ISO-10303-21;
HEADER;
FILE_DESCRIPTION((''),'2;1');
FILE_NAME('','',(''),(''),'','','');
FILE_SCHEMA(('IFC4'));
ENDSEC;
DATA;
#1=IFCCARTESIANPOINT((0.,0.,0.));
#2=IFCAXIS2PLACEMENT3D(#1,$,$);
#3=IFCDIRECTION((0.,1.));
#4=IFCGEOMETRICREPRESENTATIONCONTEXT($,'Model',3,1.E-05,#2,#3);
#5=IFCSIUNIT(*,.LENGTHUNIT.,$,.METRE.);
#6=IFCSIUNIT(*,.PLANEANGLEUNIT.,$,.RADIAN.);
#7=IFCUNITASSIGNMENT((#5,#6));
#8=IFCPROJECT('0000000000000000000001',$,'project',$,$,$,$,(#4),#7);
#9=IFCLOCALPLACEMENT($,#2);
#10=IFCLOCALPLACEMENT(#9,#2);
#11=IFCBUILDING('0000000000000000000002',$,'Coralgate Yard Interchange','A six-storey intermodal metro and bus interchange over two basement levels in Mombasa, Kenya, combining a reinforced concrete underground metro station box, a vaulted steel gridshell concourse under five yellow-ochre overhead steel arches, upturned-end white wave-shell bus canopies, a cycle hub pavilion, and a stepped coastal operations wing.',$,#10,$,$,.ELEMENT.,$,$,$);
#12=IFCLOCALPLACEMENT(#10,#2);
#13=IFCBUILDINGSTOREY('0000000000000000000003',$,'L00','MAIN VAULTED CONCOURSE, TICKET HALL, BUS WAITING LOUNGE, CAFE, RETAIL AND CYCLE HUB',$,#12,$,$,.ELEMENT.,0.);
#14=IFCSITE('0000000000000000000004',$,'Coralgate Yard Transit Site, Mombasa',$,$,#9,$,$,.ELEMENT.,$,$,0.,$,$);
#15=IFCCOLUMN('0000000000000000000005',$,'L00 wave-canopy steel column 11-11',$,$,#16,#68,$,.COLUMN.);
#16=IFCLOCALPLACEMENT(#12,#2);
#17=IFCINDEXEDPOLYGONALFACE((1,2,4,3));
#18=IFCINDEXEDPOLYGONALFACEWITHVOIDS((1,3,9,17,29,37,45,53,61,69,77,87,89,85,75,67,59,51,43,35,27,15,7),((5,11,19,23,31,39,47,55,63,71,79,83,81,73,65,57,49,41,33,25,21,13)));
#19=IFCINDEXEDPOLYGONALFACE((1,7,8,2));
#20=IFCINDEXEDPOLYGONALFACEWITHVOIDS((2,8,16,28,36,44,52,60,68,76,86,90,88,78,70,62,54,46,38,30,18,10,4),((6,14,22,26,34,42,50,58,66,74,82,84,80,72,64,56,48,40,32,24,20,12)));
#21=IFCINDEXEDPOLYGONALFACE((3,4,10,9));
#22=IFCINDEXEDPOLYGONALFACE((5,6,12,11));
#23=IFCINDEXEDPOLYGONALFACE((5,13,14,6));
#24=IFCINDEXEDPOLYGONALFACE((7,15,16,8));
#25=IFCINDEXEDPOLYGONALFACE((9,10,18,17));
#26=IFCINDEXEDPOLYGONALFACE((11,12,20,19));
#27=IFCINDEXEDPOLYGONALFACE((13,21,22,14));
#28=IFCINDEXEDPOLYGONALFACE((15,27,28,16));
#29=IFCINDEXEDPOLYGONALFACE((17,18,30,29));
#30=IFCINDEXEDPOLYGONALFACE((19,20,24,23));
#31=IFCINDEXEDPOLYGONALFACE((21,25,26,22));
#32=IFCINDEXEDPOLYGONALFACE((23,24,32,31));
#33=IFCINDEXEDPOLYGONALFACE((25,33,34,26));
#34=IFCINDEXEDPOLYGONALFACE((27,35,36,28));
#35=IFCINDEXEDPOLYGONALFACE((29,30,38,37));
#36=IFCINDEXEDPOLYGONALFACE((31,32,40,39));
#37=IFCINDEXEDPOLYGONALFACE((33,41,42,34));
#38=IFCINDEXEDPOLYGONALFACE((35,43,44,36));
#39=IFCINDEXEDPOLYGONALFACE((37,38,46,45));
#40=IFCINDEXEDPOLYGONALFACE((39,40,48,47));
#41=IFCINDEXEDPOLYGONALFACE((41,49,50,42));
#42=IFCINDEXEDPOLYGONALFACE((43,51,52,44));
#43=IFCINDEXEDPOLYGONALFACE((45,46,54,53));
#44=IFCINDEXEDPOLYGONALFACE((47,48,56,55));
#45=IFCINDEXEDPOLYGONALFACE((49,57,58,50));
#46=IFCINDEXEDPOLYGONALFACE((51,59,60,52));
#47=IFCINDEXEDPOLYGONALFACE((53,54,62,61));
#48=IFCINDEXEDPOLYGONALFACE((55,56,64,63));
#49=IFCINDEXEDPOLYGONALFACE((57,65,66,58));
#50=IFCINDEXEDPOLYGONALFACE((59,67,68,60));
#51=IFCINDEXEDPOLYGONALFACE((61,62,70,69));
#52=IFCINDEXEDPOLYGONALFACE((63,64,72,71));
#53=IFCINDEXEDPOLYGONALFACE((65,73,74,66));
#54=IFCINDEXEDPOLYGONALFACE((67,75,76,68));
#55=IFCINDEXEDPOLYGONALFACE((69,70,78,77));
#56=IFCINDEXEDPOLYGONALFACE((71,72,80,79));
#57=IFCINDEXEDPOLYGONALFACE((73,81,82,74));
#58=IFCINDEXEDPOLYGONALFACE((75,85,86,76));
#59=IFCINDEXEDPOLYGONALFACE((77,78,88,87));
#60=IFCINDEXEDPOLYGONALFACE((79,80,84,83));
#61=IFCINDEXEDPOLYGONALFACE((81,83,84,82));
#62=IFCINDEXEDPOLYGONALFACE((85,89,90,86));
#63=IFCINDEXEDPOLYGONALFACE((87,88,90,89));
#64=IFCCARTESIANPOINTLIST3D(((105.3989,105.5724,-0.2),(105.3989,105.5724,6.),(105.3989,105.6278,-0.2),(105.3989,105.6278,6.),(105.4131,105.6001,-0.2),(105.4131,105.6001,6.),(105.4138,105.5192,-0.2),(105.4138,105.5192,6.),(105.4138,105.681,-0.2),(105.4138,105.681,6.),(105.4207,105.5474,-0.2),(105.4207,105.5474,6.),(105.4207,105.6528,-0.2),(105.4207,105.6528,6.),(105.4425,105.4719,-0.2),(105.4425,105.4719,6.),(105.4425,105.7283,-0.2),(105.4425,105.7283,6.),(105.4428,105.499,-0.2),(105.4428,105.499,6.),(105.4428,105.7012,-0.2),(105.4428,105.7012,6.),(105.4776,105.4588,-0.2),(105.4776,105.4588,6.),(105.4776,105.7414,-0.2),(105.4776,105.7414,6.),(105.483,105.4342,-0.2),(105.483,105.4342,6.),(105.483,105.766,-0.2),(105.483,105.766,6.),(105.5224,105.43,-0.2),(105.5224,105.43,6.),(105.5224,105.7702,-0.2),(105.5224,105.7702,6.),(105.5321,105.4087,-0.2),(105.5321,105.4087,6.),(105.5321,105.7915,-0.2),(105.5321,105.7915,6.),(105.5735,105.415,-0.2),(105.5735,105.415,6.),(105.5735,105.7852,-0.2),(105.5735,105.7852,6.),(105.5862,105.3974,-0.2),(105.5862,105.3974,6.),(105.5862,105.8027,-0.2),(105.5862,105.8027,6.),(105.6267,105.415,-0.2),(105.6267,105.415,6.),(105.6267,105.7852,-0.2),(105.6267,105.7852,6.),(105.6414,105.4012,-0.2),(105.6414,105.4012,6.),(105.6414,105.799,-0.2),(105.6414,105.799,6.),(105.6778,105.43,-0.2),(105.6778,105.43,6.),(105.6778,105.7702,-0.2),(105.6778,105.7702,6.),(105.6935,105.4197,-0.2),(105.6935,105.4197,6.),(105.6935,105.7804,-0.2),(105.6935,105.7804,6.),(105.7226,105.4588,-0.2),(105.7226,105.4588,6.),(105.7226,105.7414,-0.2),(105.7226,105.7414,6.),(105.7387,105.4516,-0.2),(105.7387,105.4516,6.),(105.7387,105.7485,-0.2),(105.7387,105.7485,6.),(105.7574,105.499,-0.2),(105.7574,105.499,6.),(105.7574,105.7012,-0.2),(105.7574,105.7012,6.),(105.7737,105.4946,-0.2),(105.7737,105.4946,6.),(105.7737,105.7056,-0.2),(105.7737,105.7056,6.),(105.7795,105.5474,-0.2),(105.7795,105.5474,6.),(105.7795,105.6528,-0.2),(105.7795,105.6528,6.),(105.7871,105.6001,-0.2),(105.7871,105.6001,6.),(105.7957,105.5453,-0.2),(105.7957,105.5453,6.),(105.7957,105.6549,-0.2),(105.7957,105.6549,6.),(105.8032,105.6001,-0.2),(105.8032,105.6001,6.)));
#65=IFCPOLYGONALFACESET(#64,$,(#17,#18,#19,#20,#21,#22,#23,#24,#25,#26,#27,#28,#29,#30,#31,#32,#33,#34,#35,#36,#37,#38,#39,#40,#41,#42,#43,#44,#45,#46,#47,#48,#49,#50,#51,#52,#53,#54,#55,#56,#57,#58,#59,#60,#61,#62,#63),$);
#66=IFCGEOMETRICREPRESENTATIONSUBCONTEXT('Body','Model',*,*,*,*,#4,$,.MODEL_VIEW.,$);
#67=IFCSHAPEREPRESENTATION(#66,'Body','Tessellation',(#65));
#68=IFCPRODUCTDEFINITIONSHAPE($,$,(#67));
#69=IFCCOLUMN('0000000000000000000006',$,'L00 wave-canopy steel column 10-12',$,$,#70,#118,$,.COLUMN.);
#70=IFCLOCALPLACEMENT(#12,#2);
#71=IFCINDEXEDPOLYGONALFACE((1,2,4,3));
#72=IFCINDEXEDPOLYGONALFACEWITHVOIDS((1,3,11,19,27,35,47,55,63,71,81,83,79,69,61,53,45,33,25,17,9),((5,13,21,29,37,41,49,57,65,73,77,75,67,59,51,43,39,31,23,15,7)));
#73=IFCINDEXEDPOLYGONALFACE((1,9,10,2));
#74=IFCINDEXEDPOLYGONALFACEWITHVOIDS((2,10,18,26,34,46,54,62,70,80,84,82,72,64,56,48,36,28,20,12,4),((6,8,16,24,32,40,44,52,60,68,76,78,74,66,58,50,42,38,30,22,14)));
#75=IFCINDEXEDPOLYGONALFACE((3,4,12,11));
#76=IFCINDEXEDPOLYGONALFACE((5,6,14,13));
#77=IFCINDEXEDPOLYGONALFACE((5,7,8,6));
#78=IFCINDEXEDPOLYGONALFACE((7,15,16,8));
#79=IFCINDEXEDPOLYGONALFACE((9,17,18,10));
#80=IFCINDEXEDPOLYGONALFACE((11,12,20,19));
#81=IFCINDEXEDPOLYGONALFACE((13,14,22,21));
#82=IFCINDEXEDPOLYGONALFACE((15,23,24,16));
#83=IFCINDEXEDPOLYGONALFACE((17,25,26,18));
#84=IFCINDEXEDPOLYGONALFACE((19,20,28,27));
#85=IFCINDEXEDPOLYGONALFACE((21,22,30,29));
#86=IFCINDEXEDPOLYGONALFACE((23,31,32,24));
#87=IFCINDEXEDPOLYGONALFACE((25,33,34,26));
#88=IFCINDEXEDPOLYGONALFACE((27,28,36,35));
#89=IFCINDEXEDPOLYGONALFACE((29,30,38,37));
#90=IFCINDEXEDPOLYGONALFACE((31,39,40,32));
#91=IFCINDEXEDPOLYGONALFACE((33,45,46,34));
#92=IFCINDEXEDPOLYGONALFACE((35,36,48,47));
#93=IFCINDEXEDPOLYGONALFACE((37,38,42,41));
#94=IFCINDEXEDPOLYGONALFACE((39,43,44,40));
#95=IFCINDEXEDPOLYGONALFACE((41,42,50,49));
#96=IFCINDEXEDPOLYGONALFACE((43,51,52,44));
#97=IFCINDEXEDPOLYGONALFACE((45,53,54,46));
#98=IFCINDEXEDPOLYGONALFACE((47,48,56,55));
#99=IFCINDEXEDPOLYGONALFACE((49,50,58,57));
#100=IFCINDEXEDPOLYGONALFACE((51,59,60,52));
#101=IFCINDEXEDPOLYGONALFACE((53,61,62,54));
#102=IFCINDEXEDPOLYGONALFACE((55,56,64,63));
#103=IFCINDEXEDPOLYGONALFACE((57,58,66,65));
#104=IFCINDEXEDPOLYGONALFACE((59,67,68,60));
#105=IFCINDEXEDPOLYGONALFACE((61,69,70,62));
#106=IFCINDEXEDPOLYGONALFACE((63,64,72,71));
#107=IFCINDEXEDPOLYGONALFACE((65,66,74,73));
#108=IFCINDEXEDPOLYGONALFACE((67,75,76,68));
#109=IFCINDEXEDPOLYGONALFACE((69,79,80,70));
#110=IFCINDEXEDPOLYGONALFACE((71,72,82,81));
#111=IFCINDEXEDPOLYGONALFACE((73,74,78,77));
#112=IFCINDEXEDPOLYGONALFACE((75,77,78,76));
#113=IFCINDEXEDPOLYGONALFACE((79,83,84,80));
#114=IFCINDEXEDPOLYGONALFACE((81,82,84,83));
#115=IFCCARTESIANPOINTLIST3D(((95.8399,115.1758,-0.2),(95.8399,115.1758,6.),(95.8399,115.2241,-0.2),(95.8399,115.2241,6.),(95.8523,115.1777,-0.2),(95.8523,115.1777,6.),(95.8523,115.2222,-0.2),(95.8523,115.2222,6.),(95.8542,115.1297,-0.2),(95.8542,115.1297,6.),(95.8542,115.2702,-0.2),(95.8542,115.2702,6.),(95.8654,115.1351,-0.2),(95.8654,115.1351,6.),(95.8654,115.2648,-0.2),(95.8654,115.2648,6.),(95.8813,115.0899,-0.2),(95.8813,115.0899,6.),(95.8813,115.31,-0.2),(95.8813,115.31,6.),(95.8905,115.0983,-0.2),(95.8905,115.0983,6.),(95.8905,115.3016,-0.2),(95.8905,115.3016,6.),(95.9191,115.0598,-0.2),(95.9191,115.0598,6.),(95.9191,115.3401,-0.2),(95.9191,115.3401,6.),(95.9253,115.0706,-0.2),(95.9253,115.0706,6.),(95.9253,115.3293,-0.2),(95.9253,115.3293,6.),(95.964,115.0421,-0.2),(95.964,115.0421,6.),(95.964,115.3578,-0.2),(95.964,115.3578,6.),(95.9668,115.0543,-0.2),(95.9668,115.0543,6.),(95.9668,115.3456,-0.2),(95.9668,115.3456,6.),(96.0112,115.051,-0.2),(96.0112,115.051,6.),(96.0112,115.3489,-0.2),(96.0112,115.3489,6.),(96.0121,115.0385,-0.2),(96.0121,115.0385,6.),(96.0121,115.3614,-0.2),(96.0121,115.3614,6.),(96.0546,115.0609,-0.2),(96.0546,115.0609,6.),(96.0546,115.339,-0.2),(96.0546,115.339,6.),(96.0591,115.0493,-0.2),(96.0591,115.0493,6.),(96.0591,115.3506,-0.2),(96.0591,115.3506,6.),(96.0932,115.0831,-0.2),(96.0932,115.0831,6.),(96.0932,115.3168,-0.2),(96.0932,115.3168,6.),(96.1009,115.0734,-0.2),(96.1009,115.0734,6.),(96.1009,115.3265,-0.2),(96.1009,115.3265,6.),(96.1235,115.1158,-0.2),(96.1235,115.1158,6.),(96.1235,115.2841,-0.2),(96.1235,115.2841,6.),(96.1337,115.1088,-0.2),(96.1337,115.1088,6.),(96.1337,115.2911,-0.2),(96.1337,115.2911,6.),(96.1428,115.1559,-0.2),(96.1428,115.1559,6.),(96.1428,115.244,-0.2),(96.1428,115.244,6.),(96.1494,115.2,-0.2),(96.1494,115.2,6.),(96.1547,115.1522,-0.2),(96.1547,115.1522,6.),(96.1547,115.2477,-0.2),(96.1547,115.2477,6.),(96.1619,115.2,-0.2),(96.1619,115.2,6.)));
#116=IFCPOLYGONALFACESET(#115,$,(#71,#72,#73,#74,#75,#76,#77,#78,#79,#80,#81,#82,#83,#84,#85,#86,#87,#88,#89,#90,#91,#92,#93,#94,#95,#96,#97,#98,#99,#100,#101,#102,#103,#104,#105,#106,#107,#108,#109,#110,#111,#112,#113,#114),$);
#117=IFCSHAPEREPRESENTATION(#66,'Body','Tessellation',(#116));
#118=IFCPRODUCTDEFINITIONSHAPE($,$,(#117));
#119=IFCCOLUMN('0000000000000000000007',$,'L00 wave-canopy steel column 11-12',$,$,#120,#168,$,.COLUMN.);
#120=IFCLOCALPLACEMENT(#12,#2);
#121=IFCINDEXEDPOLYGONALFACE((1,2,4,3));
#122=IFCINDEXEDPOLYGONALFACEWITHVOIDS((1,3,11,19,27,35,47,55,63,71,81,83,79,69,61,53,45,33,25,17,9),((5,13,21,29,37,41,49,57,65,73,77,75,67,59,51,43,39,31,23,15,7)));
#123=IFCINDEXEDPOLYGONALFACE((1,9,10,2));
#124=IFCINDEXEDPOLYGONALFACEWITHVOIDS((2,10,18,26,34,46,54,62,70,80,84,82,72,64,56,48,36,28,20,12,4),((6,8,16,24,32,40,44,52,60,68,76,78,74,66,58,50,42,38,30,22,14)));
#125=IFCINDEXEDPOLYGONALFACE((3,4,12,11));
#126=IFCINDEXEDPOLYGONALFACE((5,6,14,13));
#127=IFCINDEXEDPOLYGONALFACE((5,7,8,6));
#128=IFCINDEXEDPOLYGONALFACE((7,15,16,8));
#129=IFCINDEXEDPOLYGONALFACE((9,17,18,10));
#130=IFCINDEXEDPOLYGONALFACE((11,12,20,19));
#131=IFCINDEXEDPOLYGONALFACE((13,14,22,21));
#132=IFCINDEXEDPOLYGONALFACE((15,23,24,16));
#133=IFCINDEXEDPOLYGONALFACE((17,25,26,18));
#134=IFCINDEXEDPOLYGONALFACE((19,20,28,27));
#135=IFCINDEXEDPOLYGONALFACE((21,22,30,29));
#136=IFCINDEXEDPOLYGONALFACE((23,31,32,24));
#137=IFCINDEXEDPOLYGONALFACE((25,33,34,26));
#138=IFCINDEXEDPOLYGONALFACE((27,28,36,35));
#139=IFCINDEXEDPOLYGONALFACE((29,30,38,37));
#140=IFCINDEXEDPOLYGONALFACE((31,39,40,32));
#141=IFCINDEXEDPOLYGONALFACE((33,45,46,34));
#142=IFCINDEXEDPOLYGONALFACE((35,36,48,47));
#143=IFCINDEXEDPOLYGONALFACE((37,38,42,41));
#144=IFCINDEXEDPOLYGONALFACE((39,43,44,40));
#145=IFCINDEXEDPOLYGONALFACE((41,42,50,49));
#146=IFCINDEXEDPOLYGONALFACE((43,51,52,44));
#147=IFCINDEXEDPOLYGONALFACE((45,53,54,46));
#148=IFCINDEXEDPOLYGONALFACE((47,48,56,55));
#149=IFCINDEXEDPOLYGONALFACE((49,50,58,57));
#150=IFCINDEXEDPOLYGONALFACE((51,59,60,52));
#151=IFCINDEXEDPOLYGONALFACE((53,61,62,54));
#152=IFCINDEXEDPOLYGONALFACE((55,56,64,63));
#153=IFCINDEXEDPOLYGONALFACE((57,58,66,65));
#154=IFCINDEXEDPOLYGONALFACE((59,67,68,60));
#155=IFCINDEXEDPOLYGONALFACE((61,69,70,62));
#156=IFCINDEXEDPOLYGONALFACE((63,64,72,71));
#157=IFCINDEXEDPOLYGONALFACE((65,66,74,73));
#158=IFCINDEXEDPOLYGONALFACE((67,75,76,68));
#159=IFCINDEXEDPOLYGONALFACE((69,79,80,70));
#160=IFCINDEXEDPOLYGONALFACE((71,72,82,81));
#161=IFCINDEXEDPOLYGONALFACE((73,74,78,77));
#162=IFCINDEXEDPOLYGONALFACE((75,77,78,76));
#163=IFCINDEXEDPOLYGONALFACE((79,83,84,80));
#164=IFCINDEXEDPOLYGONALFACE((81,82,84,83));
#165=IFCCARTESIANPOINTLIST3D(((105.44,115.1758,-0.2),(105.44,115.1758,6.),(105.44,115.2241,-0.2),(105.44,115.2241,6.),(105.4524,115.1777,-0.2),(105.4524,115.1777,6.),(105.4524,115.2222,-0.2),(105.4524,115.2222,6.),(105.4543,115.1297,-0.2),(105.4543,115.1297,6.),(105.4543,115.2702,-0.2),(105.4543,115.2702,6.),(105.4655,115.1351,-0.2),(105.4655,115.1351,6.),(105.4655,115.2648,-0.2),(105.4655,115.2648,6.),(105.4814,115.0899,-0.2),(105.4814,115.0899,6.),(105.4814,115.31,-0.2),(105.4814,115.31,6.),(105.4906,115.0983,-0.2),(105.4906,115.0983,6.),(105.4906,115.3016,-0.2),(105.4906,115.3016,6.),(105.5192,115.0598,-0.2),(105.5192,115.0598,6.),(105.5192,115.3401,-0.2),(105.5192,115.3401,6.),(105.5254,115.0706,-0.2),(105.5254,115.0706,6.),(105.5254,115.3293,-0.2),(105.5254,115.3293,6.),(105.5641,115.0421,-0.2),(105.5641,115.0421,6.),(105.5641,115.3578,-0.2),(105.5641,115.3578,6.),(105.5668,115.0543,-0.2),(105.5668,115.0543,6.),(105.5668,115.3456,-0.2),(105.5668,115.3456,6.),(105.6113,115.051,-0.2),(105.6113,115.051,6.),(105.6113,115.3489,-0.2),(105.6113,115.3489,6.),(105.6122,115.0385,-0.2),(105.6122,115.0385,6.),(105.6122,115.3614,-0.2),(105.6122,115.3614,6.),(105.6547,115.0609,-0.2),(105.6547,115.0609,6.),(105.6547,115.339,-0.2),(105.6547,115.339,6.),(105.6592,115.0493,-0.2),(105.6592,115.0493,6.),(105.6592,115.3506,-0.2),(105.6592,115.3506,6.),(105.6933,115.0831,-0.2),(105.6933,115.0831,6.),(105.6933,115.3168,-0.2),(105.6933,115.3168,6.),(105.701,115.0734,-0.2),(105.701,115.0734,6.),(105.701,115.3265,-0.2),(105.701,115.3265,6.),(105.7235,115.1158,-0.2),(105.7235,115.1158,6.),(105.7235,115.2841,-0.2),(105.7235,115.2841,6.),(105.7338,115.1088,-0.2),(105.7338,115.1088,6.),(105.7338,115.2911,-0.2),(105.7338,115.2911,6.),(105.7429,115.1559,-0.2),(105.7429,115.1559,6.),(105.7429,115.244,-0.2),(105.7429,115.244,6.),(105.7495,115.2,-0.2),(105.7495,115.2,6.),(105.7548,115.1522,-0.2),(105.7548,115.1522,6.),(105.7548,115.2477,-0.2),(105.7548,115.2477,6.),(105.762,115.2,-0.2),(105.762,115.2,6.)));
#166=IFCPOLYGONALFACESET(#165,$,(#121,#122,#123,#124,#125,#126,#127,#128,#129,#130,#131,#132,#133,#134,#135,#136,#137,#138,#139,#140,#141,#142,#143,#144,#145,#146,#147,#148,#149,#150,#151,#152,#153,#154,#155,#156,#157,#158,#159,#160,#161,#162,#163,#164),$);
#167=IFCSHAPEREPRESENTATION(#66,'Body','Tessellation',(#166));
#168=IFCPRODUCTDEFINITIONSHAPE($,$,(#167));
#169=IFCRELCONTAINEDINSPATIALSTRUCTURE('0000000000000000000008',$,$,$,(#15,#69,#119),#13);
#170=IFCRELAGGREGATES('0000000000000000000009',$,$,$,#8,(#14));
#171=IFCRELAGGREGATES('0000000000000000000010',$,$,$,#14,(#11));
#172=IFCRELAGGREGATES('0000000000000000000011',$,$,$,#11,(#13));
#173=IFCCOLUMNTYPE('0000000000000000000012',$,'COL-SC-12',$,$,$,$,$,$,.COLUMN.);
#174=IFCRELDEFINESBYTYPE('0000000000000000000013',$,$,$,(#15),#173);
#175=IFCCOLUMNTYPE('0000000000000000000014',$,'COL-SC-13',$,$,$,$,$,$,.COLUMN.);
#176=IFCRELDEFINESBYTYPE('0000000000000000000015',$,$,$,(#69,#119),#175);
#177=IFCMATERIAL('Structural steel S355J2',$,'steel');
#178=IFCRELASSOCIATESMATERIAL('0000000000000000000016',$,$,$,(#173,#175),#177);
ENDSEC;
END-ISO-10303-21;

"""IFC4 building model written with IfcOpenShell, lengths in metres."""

from ifc_helpers import new_model, si_unit, direction, frame, origin, origin_2d, place, context, subcontext, project, spatial, hollow_circle, extrude, material, material_profile, profile_set, type_object, element, save


model = new_model("IFC4")

# Units and contexts
model_context = context("Model", 3, precision=1e-05, world=origin(), true_north=direction((0.0, 1.0)))
body_context = subcontext(model_context, "Body", "Model", "MODEL_VIEW")
ifc_project = project(units=[si_unit("LENGTHUNIT", "METRE"), si_unit("PLANEANGLEUNIT", "RADIAN")], contexts=[model_context])

# Site, building, storey
site_placement = place(None, origin())
site = spatial("IfcSite", under=ifc_project, at=site_placement, Name="Coralgate Yard Transit Site, Mombasa", CompositionType="ELEMENT", RefElevation=0.0)
building_placement = place(site_placement, origin())
building = spatial("IfcBuilding", under=site, at=building_placement, Name="Coralgate Yard Interchange", Description="A six-storey intermodal metro and bus interchange over two basement levels in Mombasa, Kenya, combining a reinforced concrete underground metro station box, a vaulted steel gridshell concourse under five yellow-ochre overhead steel arches, upturned-end white wave-shell bus canopies, a cycle hub pavilion, and a stepped coastal operations wing.", CompositionType="ELEMENT")
storey_placement = place(building_placement, origin())
storey = spatial("IfcBuildingStorey", under=building, at=storey_placement, Name="L00", Description="MAIN VAULTED CONCOURSE, TICKET HALL, BUS WAITING LOUNGE, CAFE, RETAIL AND CYCLE HUB", CompositionType="ELEMENT", Elevation=0.0)

# Columns
ifc_material_1 = material(Name="Structural steel S355J2", Category="steel")
ifc_material_profile_1 = material_profile(ifc_material_1, hollow_circle(Radius=0.2031, WallThickness=0.0161, at=origin_2d()), Name="CHS 406.4x16")
ifc_profile_set_1 = profile_set([ifc_material_profile_1], Name="Structural steel S355J2")
column_type_1 = type_object("IfcColumnType", Name="COL-SC-12", PredefinedType="COLUMN", material=ifc_profile_set_1)
column_1_placement = place(storey_placement, frame((105.6001, 105.6001, -0.2), z_axis=(0.0, 0.0, 1.0), x_axis=(1.0, 0.0, 0.0)))
element("IfcColumn", 1, at=column_1_placement, inside=storey, type_object=column_type_1, Name="L00 wave-canopy steel column 11-11", PredefinedType="COLUMN", context=body_context, shape_type="SweptSolid", body=[
    extrude(hollow_circle(Radius=0.2031, WallThickness=0.0161, at=origin_2d()), origin(), (0.0, 0.0, 1.0), 6.2),
])
ifc_material_profile_2 = material_profile(ifc_material_1, hollow_circle(Radius=0.1619, WallThickness=0.0125, at=origin_2d()), Name="CHS 323.9x12.5")
ifc_profile_set_2 = profile_set([ifc_material_profile_2], Name="Structural steel S355J2")
column_type_2 = type_object("IfcColumnType", Name="COL-SC-13", PredefinedType="COLUMN", material=ifc_profile_set_2)
for number, where, z_axis, x_axis, name in (
    (2, (96.0, 115.2, -0.2), (0.0, 0.0, 1.0), (1.0, 0.0, 0.0), "L00 wave-canopy steel column 10-12"),
    (3, (105.6001, 115.2, -0.2), (0.0, 0.0, 1.0), (1.0, 0.0, 0.0), "L00 wave-canopy steel column 11-12"),
):
    element("IfcColumn", number, at=place(storey_placement, frame(where, z_axis=z_axis, x_axis=x_axis)), inside=storey, type_object=column_type_2, Name=name, PredefinedType="COLUMN", context=body_context, shape_type="SweptSolid", body=[
        extrude(hollow_circle(Radius=0.1619, WallThickness=0.0125, at=origin_2d()), origin(), (0.0, 0.0, 1.0), 6.2),
    ])

save(model, "model.ifc")
